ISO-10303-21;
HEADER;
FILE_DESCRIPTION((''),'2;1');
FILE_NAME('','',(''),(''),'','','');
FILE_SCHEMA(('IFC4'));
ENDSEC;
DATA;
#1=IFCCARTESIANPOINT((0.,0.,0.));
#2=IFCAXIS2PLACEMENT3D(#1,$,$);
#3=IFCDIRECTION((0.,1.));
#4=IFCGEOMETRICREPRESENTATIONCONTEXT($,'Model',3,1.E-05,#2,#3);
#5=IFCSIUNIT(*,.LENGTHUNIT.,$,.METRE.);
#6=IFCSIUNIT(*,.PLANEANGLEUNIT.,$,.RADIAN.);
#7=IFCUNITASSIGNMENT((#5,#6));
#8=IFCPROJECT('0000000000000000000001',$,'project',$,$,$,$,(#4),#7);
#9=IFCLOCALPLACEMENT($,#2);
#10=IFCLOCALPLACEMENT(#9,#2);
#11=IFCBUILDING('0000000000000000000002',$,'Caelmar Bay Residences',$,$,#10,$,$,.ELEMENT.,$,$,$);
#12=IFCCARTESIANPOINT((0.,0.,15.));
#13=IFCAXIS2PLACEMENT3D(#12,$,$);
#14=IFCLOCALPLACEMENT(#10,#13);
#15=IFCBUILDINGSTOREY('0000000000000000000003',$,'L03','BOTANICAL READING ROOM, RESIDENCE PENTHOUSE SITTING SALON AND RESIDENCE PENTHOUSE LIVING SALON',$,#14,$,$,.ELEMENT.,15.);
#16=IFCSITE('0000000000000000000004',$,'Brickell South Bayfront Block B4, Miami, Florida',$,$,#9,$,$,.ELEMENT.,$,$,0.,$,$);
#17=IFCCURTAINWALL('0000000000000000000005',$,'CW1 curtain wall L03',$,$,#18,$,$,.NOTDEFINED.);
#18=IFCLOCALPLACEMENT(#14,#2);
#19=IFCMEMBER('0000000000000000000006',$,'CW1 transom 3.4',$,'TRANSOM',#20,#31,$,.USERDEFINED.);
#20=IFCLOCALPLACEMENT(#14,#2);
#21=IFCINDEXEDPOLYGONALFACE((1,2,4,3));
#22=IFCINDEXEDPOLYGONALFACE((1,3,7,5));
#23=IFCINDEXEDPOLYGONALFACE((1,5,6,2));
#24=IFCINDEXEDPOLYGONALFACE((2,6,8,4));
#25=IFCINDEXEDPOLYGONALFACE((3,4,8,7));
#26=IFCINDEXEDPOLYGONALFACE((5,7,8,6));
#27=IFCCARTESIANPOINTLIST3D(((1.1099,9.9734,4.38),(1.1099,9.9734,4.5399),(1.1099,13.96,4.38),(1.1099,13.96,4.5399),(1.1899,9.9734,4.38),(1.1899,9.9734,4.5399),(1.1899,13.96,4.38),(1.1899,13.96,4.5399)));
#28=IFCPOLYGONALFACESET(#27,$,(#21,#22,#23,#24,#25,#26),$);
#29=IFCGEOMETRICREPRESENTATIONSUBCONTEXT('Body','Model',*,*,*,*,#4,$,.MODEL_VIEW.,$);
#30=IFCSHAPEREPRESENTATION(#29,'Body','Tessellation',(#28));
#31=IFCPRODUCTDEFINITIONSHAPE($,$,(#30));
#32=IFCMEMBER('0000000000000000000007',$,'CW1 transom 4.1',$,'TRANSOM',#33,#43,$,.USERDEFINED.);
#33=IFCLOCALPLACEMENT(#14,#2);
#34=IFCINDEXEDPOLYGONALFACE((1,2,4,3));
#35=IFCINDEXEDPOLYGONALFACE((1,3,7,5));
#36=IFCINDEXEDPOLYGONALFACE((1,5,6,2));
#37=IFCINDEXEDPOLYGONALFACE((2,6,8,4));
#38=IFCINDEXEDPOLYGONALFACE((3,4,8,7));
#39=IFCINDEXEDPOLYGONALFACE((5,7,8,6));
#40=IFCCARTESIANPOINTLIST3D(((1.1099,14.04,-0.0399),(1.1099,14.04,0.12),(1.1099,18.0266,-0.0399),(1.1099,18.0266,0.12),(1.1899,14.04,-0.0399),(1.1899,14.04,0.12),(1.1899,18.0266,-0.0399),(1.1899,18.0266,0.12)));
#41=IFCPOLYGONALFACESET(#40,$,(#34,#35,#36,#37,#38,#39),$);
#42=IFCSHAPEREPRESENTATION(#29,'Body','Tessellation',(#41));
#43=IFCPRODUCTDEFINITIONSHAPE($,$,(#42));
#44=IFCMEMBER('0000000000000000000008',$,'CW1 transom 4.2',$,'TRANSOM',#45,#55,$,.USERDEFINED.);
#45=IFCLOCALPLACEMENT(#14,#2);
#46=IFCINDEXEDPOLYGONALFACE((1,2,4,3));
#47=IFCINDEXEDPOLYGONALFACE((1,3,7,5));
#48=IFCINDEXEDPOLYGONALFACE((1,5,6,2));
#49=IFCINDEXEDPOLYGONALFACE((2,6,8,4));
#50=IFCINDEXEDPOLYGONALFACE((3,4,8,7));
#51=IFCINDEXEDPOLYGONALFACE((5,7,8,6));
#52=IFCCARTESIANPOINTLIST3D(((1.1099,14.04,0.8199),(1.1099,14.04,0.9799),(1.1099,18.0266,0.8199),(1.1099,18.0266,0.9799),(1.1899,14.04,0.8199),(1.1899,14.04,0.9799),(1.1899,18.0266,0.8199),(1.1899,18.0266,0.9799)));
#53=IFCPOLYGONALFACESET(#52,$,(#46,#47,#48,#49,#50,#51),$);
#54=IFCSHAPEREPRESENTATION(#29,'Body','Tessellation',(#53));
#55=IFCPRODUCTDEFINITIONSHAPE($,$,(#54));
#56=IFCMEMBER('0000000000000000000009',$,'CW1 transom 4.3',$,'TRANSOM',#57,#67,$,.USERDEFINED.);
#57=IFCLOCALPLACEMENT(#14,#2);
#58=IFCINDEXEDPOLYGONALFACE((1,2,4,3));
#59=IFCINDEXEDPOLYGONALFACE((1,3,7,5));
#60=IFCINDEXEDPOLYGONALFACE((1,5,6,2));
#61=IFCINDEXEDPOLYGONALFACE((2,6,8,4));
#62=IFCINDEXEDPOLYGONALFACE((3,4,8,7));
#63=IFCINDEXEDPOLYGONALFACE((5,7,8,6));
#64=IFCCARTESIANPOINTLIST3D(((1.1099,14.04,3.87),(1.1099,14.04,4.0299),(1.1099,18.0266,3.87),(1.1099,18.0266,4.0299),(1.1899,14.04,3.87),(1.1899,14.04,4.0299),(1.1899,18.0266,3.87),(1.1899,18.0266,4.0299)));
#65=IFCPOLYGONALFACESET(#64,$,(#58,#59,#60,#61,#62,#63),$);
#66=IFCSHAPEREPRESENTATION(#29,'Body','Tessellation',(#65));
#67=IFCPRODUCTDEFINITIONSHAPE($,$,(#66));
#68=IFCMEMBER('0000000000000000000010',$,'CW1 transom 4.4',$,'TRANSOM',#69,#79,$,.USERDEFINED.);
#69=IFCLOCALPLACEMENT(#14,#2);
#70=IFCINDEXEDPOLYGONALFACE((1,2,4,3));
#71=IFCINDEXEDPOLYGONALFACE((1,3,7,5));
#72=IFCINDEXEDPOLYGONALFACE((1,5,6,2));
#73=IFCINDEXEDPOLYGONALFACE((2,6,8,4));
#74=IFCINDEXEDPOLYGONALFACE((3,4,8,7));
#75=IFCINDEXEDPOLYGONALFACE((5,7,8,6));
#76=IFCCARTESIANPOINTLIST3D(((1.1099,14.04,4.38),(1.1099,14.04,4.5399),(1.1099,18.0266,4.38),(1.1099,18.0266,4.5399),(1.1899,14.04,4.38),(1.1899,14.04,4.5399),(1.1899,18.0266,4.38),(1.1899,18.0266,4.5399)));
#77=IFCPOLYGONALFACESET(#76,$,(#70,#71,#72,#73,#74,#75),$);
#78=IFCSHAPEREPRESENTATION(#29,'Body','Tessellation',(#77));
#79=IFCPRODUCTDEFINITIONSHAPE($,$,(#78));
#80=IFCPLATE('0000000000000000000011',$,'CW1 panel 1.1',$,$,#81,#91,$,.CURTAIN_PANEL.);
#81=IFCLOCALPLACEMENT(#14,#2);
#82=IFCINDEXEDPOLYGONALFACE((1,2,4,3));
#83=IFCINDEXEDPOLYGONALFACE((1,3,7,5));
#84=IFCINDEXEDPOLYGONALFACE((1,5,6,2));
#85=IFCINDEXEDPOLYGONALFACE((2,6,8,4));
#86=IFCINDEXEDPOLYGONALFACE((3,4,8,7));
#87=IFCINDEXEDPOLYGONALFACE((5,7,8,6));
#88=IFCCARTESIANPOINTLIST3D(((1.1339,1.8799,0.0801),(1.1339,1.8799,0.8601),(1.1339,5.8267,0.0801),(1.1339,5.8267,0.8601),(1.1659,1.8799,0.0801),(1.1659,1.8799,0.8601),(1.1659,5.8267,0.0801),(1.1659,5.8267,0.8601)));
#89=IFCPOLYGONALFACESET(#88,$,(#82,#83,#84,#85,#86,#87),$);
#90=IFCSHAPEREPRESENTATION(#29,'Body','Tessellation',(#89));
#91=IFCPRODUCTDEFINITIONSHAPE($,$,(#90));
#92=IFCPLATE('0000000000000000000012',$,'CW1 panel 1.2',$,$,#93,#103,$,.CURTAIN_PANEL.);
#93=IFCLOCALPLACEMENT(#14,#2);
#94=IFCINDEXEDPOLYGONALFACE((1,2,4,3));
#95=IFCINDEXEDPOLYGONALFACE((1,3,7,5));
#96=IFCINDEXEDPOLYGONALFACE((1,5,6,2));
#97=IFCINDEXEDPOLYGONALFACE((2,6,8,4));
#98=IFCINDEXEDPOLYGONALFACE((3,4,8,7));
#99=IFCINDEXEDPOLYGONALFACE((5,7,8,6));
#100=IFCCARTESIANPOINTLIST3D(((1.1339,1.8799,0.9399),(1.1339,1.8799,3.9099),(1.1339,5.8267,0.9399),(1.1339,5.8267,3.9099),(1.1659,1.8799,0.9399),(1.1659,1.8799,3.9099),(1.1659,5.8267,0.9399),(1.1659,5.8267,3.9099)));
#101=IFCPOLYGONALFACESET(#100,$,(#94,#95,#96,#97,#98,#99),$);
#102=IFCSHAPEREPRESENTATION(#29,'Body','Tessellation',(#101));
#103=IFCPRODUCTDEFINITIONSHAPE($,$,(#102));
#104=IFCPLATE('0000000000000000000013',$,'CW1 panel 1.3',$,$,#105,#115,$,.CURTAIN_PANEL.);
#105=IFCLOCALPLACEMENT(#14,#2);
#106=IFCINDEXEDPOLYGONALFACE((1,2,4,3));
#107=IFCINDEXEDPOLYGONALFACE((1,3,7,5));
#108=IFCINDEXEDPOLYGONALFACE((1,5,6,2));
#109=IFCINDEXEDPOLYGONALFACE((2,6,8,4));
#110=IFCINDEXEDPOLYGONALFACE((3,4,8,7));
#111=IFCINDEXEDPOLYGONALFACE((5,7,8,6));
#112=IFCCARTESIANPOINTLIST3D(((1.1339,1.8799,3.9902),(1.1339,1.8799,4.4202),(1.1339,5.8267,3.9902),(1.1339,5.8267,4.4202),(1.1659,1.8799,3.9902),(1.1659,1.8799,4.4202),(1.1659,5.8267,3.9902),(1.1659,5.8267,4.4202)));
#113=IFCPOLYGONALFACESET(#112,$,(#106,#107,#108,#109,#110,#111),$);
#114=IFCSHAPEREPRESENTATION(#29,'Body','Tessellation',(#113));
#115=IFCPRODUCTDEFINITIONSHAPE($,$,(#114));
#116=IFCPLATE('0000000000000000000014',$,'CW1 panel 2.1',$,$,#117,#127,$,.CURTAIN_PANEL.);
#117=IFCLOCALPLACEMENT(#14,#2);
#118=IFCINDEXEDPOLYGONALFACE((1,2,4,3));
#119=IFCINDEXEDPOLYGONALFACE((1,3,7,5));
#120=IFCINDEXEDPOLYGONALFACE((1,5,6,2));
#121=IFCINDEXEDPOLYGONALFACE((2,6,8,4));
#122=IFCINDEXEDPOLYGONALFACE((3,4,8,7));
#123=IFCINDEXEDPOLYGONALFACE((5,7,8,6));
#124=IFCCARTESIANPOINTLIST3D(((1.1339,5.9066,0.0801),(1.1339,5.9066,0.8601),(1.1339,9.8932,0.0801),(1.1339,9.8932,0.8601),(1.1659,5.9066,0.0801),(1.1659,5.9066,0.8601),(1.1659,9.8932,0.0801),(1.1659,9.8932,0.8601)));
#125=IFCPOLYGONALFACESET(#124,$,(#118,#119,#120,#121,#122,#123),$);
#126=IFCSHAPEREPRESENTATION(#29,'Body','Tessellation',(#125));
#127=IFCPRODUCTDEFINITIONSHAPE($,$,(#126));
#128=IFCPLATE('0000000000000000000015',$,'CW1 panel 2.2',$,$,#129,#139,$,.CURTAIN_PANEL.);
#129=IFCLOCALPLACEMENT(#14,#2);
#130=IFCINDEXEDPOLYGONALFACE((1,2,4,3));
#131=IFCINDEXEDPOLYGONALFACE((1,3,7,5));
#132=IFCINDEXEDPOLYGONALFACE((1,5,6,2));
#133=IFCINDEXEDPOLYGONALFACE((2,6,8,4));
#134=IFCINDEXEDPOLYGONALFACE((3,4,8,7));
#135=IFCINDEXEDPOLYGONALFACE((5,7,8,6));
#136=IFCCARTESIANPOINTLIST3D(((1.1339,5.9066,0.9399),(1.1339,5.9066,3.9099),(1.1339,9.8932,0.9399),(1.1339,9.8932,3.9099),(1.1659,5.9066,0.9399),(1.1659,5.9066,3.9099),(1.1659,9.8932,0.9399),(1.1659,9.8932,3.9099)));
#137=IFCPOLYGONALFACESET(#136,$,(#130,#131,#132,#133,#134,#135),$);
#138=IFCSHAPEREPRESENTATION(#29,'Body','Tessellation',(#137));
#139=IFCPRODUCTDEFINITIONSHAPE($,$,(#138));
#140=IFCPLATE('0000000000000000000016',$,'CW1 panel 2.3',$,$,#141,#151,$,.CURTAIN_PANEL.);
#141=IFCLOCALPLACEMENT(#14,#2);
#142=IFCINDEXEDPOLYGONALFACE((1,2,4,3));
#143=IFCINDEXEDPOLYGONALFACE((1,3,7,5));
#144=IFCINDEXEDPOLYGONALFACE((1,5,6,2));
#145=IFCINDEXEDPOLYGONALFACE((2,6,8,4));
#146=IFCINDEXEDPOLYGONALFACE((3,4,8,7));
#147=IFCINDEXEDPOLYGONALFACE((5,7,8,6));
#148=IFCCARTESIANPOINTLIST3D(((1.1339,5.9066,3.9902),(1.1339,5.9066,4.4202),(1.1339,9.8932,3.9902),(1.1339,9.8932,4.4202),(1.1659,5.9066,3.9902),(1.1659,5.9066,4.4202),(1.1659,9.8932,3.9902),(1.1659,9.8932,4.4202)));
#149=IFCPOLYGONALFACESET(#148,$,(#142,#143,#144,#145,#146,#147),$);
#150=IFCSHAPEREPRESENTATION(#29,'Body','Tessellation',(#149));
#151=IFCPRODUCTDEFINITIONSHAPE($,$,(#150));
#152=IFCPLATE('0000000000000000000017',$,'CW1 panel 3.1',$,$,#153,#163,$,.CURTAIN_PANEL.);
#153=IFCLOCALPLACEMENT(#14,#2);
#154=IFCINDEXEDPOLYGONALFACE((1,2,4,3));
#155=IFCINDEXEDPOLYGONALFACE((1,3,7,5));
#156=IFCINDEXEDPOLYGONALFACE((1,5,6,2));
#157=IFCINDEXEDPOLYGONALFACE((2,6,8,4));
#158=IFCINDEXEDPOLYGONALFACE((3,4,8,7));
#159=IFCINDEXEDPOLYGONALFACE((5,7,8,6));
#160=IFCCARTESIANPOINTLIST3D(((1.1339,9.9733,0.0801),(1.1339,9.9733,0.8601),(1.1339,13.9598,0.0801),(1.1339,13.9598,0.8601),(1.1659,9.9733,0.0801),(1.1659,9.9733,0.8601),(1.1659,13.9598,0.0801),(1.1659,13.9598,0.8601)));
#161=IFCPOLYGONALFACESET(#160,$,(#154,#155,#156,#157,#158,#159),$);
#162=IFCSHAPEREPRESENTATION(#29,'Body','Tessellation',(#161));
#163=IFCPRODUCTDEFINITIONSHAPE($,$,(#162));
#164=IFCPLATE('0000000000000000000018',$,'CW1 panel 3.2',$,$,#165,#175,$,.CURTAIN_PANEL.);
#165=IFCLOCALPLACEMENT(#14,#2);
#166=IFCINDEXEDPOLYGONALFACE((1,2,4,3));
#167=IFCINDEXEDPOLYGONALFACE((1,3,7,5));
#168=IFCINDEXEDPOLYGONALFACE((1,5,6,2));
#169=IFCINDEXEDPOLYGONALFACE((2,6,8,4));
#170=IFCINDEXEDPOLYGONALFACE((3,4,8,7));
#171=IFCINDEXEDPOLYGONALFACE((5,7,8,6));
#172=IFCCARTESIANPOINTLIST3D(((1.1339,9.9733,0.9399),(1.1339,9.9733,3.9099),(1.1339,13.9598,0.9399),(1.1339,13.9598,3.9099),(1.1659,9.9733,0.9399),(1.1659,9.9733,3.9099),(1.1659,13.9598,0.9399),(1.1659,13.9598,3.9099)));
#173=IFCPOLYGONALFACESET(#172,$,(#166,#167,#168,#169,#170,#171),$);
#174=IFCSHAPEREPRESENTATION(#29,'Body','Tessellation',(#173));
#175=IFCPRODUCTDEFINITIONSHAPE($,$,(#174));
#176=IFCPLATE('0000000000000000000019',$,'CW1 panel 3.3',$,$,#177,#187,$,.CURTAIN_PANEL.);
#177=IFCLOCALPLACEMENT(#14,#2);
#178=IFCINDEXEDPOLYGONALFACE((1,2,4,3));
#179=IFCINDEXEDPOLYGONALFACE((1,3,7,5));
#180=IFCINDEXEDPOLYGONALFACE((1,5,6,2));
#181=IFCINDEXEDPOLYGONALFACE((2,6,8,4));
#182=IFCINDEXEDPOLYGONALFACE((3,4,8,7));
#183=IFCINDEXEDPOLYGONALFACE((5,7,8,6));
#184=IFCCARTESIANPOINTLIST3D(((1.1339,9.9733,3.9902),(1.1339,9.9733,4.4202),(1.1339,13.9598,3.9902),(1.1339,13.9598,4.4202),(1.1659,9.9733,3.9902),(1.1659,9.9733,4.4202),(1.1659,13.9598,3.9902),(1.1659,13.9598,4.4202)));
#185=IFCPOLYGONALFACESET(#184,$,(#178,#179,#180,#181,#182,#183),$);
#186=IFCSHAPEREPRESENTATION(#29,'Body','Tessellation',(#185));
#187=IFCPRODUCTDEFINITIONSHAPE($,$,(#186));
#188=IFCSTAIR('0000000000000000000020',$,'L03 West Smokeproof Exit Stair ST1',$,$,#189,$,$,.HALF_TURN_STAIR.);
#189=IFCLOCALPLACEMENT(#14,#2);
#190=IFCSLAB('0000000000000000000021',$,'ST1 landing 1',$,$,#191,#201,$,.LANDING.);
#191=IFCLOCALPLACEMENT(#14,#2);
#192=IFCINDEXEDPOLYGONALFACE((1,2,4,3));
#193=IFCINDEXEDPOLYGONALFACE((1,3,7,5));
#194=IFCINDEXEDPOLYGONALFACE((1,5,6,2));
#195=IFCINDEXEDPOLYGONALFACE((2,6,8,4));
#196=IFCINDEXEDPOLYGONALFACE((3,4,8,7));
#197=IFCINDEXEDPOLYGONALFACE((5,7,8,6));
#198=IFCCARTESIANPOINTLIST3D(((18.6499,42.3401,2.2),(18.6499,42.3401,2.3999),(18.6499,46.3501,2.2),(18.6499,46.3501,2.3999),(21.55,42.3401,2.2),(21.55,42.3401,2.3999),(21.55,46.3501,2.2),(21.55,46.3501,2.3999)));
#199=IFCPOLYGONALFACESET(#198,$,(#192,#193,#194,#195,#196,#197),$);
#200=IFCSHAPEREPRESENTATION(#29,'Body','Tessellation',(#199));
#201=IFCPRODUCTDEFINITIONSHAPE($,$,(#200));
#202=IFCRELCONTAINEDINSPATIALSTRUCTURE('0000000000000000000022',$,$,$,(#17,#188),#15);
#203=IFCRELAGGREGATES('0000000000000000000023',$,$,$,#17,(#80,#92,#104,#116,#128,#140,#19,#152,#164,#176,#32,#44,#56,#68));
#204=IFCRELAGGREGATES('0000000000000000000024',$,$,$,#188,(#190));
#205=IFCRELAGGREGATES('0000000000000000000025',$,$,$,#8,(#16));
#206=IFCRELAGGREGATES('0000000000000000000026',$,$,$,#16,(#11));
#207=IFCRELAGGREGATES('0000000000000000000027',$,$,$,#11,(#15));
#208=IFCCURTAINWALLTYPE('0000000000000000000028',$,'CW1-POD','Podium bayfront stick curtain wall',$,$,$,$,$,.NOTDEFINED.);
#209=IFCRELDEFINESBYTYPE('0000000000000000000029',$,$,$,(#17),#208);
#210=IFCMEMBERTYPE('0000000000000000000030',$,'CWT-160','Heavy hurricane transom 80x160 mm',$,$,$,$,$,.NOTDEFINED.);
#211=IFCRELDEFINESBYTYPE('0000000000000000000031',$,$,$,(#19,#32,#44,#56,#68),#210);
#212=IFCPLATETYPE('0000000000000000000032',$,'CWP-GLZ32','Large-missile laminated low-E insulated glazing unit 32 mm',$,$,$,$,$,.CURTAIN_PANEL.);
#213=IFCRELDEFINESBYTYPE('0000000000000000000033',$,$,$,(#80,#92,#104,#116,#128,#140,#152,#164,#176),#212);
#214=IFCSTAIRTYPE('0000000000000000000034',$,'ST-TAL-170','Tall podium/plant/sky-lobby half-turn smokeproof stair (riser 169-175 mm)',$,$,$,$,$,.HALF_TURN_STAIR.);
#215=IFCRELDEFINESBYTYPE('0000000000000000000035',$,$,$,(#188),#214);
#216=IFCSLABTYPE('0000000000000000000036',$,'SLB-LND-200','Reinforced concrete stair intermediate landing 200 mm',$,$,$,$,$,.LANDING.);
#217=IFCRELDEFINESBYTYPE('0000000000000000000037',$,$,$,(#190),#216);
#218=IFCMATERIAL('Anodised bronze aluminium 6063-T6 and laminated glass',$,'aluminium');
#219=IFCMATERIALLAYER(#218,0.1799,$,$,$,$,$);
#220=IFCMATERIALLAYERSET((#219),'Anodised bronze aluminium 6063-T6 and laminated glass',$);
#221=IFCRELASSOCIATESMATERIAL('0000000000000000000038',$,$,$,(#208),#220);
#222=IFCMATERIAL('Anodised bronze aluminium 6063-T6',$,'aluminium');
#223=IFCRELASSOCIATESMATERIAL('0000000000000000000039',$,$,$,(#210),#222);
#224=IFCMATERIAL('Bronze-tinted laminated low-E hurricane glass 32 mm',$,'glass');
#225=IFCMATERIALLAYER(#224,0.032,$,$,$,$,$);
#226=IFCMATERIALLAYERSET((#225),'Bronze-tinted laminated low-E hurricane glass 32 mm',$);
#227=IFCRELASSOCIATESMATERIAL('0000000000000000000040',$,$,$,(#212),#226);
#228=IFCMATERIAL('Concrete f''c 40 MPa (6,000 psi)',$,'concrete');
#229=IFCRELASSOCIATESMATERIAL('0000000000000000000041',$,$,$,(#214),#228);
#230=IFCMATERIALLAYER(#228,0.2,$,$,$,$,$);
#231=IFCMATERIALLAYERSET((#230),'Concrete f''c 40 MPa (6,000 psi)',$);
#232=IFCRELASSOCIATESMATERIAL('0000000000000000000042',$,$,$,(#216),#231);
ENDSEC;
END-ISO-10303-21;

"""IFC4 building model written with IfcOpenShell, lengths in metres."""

from ifc_helpers import new_model, si_unit, direction, frame, origin, origin_2d, place, context, subcontext, project, spatial, polyline, rectangle, outline, extrude, material, layer, layer_set, material_profile, profile_set, type_object, element, aggregate, save


model = new_model("IFC4")

# Units and contexts
model_context = context("Model", 3, precision=1e-05, world=origin(), true_north=direction((0.0, 1.0)))
body_context = subcontext(model_context, "Body", "Model", "MODEL_VIEW")
ifc_project = project(units=[si_unit("LENGTHUNIT", "METRE"), si_unit("PLANEANGLEUNIT", "RADIAN")], contexts=[model_context])

# Site, building, storey
site_placement = place(None, origin())
site = spatial("IfcSite", under=ifc_project, at=site_placement, Name="Brickell South Bayfront Block B4, Miami, Florida", CompositionType="ELEMENT", RefElevation=0.0)
building_placement = place(site_placement, origin())
building = spatial("IfcBuilding", under=site, at=building_placement, Name="Caelmar Bay Residences", CompositionType="ELEMENT")
storey_placement = place(building_placement, frame((0.0, 0.0, 15.0)))
storey = spatial("IfcBuildingStorey", under=building, at=storey_placement, Name="L03", Description="BOTANICAL READING ROOM, RESIDENCE PENTHOUSE SITTING SALON AND RESIDENCE PENTHOUSE LIVING SALON", CompositionType="ELEMENT", Elevation=15.0)

# Curtain wall, members, plates
ifc_material_1 = material(Name="Anodised bronze aluminium 6063-T6 and laminated glass", Category="aluminium")
ifc_layer_1 = layer(ifc_material_1, 0.1799)
ifc_layer_set_1 = layer_set([ifc_layer_1], Name="Anodised bronze aluminium 6063-T6 and laminated glass")
curtain_wall_type = type_object("IfcCurtainWallType", Name="CW1-POD", Description="Podium bayfront stick curtain wall", PredefinedType="NOTDEFINED", material=ifc_layer_set_1)
curtain_wall_placement = place(storey_placement, origin())
curtain_wall = element("IfcCurtainWall", 1, at=curtain_wall_placement, inside=storey, type_object=curtain_wall_type, Name="CW1 curtain wall L03", PredefinedType="NOTDEFINED")
ifc_material_2 = material(Name="Anodised bronze aluminium 6063-T6", Category="aluminium")
ifc_material_profile_1 = material_profile(ifc_material_2, rectangle(XDim=0.0801, YDim=0.1599, at=origin_2d()), Name="CWT-80X160")
ifc_profile_set_1 = profile_set([ifc_material_profile_1], Name="Anodised bronze aluminium 6063-T6")
member_type_1 = type_object("IfcMemberType", Name="CWT-160", Description="Heavy hurricane transom 80x160 mm", PredefinedType="NOTDEFINED", material=ifc_profile_set_1)
member_1_placement = place(storey_placement, frame((1.1499, 9.9734, 4.46), z_axis=(0.0, 1.0, 0.0), x_axis=(-1.0, 0.0, 0.0)))
member_1 = element("IfcMember", 2, at=member_1_placement, type_object=member_type_1, Name="CW1 transom 3.4", ObjectType="TRANSOM", PredefinedType="USERDEFINED", context=body_context, shape_type="SweptSolid", body=[
    extrude(rectangle(XDim=0.0801, YDim=0.1599, at=origin_2d()), origin(), (0.0, 0.0, 1.0), 3.9866),
])
member_2_placement = place(storey_placement, frame((1.1499, 14.04, 0.04), z_axis=(0.0, 1.0, 0.0), x_axis=(-1.0, 0.0, 0.0)))
member_2 = element("IfcMember", 3, at=member_2_placement, type_object=member_type_1, Name="CW1 transom 4.1", ObjectType="TRANSOM", PredefinedType="USERDEFINED", context=body_context, shape_type="SweptSolid", body=[
    extrude(rectangle(XDim=0.0801, YDim=0.1599, at=origin_2d()), origin(), (0.0, 0.0, 1.0), 3.9866),
])
member_3_placement = place(storey_placement, frame((1.1499, 14.04, 0.8999), z_axis=(0.0, 1.0, 0.0), x_axis=(-1.0, 0.0, 0.0)))
member_3 = element("IfcMember", 4, at=member_3_placement, type_object=member_type_1, Name="CW1 transom 4.2", ObjectType="TRANSOM", PredefinedType="USERDEFINED", context=body_context, shape_type="SweptSolid", body=[
    extrude(rectangle(XDim=0.0801, YDim=0.1599, at=origin_2d()), origin(), (0.0, 0.0, 1.0), 3.9866),
])
member_4_placement = place(storey_placement, frame((1.1499, 14.04, 3.95), z_axis=(0.0, 1.0, 0.0), x_axis=(-1.0, 0.0, 0.0)))
member_4 = element("IfcMember", 5, at=member_4_placement, type_object=member_type_1, Name="CW1 transom 4.3", ObjectType="TRANSOM", PredefinedType="USERDEFINED", context=body_context, shape_type="SweptSolid", body=[
    extrude(rectangle(XDim=0.0801, YDim=0.1599, at=origin_2d()), origin(), (0.0, 0.0, 1.0), 3.9866),
])
member_5_placement = place(storey_placement, frame((1.1499, 14.04, 4.46), z_axis=(0.0, 1.0, 0.0), x_axis=(-1.0, 0.0, 0.0)))
member_5 = element("IfcMember", 6, at=member_5_placement, type_object=member_type_1, Name="CW1 transom 4.4", ObjectType="TRANSOM", PredefinedType="USERDEFINED", context=body_context, shape_type="SweptSolid", body=[
    extrude(rectangle(XDim=0.0801, YDim=0.1599, at=origin_2d()), origin(), (0.0, 0.0, 1.0), 3.9866),
])
ifc_material_3 = material(Name="Bronze-tinted laminated low-E hurricane glass 32 mm", Category="glass")
ifc_layer_2 = layer(ifc_material_3, 0.032)
ifc_layer_set_2 = layer_set([ifc_layer_2], Name="Bronze-tinted laminated low-E hurricane glass 32 mm")
plate_type = type_object("IfcPlateType", Name="CWP-GLZ32", Description="Large-missile laminated low-E insulated glazing unit 32 mm", PredefinedType="CURTAIN_PANEL", material=ifc_layer_set_2)
plate_1_placement = place(storey_placement, frame((1.1499, 3.8533, 0.0801), z_axis=(0.0, 0.0, 1.0), x_axis=(0.0, 1.0, 0.0)))
plate_1 = element("IfcPlate", 7, at=plate_1_placement, type_object=plate_type, Name="CW1 panel 1.1", PredefinedType="CURTAIN_PANEL", context=body_context, shape_type="SweptSolid", body=[
    extrude(rectangle(XDim=3.9468, YDim=0.032, at=origin_2d()), origin(), (0.0, 0.0, 1.0), 0.78),
])
plate_2_placement = place(storey_placement, frame((1.1499, 3.8533, 0.9399), z_axis=(0.0, 0.0, 1.0), x_axis=(0.0, 1.0, 0.0)))
plate_2 = element("IfcPlate", 8, at=plate_2_placement, type_object=plate_type, Name="CW1 panel 1.2", PredefinedType="CURTAIN_PANEL", context=body_context, shape_type="SweptSolid", body=[
    extrude(rectangle(XDim=3.9468, YDim=0.032, at=origin_2d()), origin(), (0.0, 0.0, 1.0), 2.97),
])
plate_3_placement = place(storey_placement, frame((1.1499, 3.8533, 3.9902), z_axis=(0.0, 0.0, 1.0), x_axis=(0.0, 1.0, 0.0)))
plate_3 = element("IfcPlate", 9, at=plate_3_placement, type_object=plate_type, Name="CW1 panel 1.3", PredefinedType="CURTAIN_PANEL", context=body_context, shape_type="SweptSolid", body=[
    extrude(rectangle(XDim=3.9468, YDim=0.032, at=origin_2d()), origin(), (0.0, 0.0, 1.0), 0.4299),
])
plate_4_placement = place(storey_placement, frame((1.1499, 7.8999, 0.0801), z_axis=(0.0, 0.0, 1.0), x_axis=(0.0, 1.0, 0.0)))
plate_4 = element("IfcPlate", 10, at=plate_4_placement, type_object=plate_type, Name="CW1 panel 2.1", PredefinedType="CURTAIN_PANEL", context=body_context, shape_type="SweptSolid", body=[
    extrude(rectangle(XDim=3.9866, YDim=0.032, at=origin_2d()), origin(), (0.0, 0.0, 1.0), 0.78),
])
plate_5_placement = place(storey_placement, frame((1.1499, 7.8999, 0.9399), z_axis=(0.0, 0.0, 1.0), x_axis=(0.0, 1.0, 0.0)))
plate_5 = element("IfcPlate", 11, at=plate_5_placement, type_object=plate_type, Name="CW1 panel 2.2", PredefinedType="CURTAIN_PANEL", context=body_context, shape_type="SweptSolid", body=[
    extrude(rectangle(XDim=3.9866, YDim=0.032, at=origin_2d()), origin(), (0.0, 0.0, 1.0), 2.97),
])
plate_6_placement = place(storey_placement, frame((1.1499, 7.8999, 3.9902), z_axis=(0.0, 0.0, 1.0), x_axis=(0.0, 1.0, 0.0)))
plate_6 = element("IfcPlate", 12, at=plate_6_placement, type_object=plate_type, Name="CW1 panel 2.3", PredefinedType="CURTAIN_PANEL", context=body_context, shape_type="SweptSolid", body=[
    extrude(rectangle(XDim=3.9866, YDim=0.032, at=origin_2d()), origin(), (0.0, 0.0, 1.0), 0.4299),
])
plate_7_placement = place(storey_placement, frame((1.1499, 11.9666, 0.0801), z_axis=(0.0, 0.0, 1.0), x_axis=(0.0, 1.0, 0.0)))
plate_7 = element("IfcPlate", 13, at=plate_7_placement, type_object=plate_type, Name="CW1 panel 3.1", PredefinedType="CURTAIN_PANEL", context=body_context, shape_type="SweptSolid", body=[
    extrude(rectangle(XDim=3.9866, YDim=0.032, at=origin_2d()), origin(), (0.0, 0.0, 1.0), 0.78),
])
plate_8_placement = place(storey_placement, frame((1.1499, 11.9666, 0.9399), z_axis=(0.0, 0.0, 1.0), x_axis=(0.0, 1.0, 0.0)))
plate_8 = element("IfcPlate", 14, at=plate_8_placement, type_object=plate_type, Name="CW1 panel 3.2", PredefinedType="CURTAIN_PANEL", context=body_context, shape_type="SweptSolid", body=[
    extrude(rectangle(XDim=3.9866, YDim=0.032, at=origin_2d()), origin(), (0.0, 0.0, 1.0), 2.97),
])
plate_9_placement = place(storey_placement, frame((1.1499, 11.9666, 3.9902), z_axis=(0.0, 0.0, 1.0), x_axis=(0.0, 1.0, 0.0)))
plate_9 = element("IfcPlate", 15, at=plate_9_placement, type_object=plate_type, Name="CW1 panel 3.3", PredefinedType="CURTAIN_PANEL", context=body_context, shape_type="SweptSolid", body=[
    extrude(rectangle(XDim=3.9866, YDim=0.032, at=origin_2d()), origin(), (0.0, 0.0, 1.0), 0.4299),
])
aggregate(curtain_wall, [plate_1, plate_2, plate_3, plate_4, plate_5, plate_6, member_1, plate_7, plate_8, plate_9, member_2, member_3, member_4, member_5])

# Stair, slab
ifc_material_4 = material(Name="Concrete f'c 40 MPa (6,000 psi)", Category="concrete")
stair_type = type_object("IfcStairType", Name="ST-TAL-170", Description="Tall podium/plant/sky-lobby half-turn smokeproof stair (riser 169-175 mm)", PredefinedType="HALF_TURN_STAIR", material=ifc_material_4)
stair_1_placement = place(storey_placement, origin())
stair_1 = element("IfcStair", 16, at=stair_1_placement, inside=storey, type_object=stair_type, Name="L03 West Smokeproof Exit Stair ST1", PredefinedType="HALF_TURN_STAIR")
ifc_layer_3 = layer(ifc_material_4, 0.2)
ifc_layer_set_3 = layer_set([ifc_layer_3], Name="Concrete f'c 40 MPa (6,000 psi)")
slab_type_1 = type_object("IfcSlabType", Name="SLB-LND-200", Description="Reinforced concrete stair intermediate landing 200 mm", PredefinedType="LANDING", material=ifc_layer_set_3)
slab_1_placement = place(storey_placement, frame((0.0, 0.0, 2.2)))
slab_1 = element("IfcSlab", 17, at=slab_1_placement, type_object=slab_type_1, Name="ST1 landing 1", PredefinedType="LANDING", context=body_context, shape_type="SweptSolid", body=[
    extrude(outline(polyline([(21.55, 42.3401), (21.55, 46.3501), (18.6499, 46.3501), (18.6499, 42.3401), (21.55, 42.3401)])), origin(), (0.0, 0.0, 1.0), 0.2),
])
aggregate(stair_1, [slab_1])

save(model, "model.ifc")
